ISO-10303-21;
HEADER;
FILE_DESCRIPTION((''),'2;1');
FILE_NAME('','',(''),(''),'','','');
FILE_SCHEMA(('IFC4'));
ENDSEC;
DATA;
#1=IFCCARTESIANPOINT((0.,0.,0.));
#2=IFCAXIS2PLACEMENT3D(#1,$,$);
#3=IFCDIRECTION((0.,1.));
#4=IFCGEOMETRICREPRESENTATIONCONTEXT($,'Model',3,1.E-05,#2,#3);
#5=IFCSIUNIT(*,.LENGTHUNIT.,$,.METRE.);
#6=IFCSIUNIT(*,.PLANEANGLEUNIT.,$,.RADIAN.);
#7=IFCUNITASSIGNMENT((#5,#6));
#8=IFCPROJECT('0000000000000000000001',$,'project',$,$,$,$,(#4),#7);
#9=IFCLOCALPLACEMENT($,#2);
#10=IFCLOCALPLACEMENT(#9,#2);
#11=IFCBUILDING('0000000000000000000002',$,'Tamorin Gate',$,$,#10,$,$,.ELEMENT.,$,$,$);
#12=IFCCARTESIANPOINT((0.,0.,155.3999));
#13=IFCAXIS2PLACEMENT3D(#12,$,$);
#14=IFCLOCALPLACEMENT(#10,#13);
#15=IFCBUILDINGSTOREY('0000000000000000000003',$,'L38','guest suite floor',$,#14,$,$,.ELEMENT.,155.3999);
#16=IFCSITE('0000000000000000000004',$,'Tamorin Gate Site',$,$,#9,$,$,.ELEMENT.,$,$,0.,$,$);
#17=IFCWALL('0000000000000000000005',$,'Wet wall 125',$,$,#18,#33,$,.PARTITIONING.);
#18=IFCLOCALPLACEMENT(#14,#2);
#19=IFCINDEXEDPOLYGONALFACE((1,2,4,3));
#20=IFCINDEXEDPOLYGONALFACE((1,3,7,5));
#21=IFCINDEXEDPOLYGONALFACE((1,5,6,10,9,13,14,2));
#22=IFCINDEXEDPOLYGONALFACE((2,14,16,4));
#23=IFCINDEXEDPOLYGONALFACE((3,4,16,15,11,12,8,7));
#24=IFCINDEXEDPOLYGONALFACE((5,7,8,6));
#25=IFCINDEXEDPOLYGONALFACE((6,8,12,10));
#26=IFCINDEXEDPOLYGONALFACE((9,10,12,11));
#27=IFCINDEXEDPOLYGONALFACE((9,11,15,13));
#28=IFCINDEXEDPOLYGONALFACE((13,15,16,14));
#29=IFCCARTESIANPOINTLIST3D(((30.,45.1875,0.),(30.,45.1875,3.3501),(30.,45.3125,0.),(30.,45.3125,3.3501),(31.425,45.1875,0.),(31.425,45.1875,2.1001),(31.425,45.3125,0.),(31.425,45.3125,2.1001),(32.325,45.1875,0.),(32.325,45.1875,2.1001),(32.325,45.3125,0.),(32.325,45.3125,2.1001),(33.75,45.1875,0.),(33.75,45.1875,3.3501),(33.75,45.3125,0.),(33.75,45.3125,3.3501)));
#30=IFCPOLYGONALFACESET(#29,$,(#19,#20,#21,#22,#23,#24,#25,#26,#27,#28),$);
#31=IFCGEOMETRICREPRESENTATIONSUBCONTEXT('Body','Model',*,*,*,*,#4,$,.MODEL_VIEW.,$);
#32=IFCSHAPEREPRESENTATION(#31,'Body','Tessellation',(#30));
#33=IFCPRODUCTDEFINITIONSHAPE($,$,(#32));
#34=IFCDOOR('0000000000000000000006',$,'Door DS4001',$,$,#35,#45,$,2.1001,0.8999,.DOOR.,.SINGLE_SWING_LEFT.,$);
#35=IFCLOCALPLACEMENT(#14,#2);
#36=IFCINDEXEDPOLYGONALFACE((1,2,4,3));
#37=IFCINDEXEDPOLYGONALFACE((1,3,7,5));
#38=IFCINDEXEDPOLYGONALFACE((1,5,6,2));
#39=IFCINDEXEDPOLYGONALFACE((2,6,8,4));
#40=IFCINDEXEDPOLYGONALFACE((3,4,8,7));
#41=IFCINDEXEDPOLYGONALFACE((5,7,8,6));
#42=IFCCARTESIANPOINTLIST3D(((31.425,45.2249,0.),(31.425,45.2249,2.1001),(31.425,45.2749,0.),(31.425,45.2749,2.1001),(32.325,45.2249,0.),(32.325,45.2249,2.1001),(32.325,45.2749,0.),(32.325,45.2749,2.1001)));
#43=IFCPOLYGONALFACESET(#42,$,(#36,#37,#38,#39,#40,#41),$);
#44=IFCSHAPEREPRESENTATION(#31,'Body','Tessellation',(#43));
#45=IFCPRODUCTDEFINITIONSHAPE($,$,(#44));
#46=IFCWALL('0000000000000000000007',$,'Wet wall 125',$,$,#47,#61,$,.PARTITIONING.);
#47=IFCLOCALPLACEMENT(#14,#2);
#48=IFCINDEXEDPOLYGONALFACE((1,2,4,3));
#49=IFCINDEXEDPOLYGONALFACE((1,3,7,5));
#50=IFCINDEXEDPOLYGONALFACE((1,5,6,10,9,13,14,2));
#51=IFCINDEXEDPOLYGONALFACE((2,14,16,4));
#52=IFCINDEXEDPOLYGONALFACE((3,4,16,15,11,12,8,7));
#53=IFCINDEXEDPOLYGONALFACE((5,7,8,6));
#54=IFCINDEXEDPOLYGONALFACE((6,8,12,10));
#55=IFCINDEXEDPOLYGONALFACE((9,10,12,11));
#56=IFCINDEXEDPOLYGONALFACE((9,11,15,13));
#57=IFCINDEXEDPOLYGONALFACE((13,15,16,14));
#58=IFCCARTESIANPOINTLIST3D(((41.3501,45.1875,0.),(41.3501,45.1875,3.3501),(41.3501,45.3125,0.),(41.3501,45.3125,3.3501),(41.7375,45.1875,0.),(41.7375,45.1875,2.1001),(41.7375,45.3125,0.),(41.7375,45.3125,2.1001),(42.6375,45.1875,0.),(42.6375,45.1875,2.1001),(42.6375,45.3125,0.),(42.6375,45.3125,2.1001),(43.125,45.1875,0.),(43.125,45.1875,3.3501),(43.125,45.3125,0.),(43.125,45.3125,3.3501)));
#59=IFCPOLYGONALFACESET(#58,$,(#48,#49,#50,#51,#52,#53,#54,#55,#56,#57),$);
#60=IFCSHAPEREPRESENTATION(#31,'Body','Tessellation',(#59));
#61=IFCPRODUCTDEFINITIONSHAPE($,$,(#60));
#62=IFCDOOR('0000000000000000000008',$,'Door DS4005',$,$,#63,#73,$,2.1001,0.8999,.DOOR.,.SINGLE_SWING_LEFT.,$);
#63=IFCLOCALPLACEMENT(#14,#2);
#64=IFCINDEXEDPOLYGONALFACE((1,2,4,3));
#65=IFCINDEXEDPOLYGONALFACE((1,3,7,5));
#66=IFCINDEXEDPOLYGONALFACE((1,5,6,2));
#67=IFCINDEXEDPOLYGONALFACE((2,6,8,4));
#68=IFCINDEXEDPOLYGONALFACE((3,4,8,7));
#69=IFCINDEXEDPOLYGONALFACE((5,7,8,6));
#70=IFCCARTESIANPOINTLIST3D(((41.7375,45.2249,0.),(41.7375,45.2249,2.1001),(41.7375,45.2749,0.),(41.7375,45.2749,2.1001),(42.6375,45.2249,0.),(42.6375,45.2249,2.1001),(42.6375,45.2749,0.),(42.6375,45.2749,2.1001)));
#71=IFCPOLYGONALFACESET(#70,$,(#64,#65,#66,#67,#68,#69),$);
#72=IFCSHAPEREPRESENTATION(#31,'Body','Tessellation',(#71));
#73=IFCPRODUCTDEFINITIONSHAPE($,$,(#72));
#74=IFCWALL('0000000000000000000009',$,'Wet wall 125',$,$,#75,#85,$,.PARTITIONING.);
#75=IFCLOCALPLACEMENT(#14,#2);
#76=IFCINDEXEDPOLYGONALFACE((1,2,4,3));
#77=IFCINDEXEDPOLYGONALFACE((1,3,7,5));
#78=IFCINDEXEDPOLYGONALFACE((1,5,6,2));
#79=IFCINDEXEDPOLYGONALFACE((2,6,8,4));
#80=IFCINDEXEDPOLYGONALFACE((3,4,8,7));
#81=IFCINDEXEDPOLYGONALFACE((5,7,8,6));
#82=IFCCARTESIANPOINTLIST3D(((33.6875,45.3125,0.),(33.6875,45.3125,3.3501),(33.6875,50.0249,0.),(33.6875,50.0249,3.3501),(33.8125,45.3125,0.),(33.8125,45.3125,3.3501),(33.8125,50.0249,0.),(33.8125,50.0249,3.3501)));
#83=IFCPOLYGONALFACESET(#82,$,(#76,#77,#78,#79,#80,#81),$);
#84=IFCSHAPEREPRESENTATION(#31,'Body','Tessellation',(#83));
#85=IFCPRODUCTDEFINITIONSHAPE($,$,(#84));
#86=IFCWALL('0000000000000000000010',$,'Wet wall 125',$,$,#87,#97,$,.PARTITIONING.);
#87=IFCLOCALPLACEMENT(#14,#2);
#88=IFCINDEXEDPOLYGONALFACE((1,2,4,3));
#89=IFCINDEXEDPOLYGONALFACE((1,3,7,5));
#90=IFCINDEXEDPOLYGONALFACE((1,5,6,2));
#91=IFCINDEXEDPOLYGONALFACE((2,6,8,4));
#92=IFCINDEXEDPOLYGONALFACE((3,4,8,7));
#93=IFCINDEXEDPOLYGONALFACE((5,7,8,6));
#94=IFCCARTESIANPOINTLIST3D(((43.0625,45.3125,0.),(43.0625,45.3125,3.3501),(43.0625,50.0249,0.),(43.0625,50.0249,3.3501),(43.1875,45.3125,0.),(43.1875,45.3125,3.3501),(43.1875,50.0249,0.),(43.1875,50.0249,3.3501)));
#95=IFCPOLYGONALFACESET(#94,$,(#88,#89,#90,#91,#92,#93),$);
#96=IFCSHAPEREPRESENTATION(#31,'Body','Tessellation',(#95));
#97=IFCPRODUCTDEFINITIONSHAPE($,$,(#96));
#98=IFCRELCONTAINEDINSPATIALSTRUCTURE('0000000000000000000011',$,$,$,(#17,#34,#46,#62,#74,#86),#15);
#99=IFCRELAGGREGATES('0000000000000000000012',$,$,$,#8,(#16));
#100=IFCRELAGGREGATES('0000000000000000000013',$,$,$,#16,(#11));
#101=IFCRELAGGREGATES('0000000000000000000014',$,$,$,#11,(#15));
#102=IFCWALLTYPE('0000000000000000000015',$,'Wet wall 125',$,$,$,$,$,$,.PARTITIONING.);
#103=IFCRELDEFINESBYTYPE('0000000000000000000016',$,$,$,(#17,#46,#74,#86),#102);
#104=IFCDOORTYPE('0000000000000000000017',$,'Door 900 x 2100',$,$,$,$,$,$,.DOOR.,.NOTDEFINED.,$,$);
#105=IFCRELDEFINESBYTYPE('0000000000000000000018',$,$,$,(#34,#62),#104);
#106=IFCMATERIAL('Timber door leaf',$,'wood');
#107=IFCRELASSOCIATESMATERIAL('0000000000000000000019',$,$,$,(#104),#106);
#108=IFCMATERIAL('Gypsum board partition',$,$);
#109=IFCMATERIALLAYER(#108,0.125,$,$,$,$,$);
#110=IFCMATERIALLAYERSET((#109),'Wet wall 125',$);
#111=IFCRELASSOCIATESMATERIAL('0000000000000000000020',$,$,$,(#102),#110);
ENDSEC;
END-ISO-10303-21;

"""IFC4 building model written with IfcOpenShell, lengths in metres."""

from ifc_helpers import new_model, si_unit, direction, frame, frame_2d, origin, place, context, subcontext, project, spatial, rectangle, extrude, material, layer, layer_set, type_object, element, fill, save


model = new_model("IFC4")

# Units and contexts
model_context = context("Model", 3, precision=1e-05, world=origin(), true_north=direction((0.0, 1.0)))
body_context = subcontext(model_context, "Body", "Model", "MODEL_VIEW")
ifc_project = project(units=[si_unit("LENGTHUNIT", "METRE"), si_unit("PLANEANGLEUNIT", "RADIAN")], contexts=[model_context])

# Site, building, storey
site_placement = place(None, origin())
site = spatial("IfcSite", under=ifc_project, at=site_placement, Name="Tamorin Gate Site", CompositionType="ELEMENT", RefElevation=0.0)
building_placement = place(site_placement, origin())
building = spatial("IfcBuilding", under=site, at=building_placement, Name="Tamorin Gate", CompositionType="ELEMENT")
storey_placement = place(building_placement, frame((0.0, 0.0, 155.3999)))
storey = spatial("IfcBuildingStorey", under=building, at=storey_placement, Name="L38", Description="guest suite floor", CompositionType="ELEMENT", Elevation=155.3999)

# Walls, openings, doors
ifc_material_1 = material(Name="Gypsum board partition")
ifc_material_2 = material(Name="Timber door leaf", Category="wood")
door_type = type_object("IfcDoorType", Name="Door 900 x 2100", OperationType="NOTDEFINED", PredefinedType="DOOR", material=ifc_material_2)
ifc_layer_1 = layer(ifc_material_1, 0.125)
ifc_layer_set_1 = layer_set([ifc_layer_1], Name="Wet wall 125")
wall_type_1 = type_object("IfcWallType", Name="Wet wall 125", PredefinedType="PARTITIONING", material=ifc_layer_set_1)
wall_1_placement = place(storey_placement, frame((30.0, 45.25, 0.0), z_axis=(0.0, 0.0, 1.0), x_axis=(1.0, 0.0, 0.0)))
wall_1 = element("IfcWall", 1, at=wall_1_placement, inside=storey, type_object=wall_type_1, Name="Wet wall 125", PredefinedType="PARTITIONING", context=body_context, shape_type="SweptSolid", body=[
    extrude(rectangle(XDim=3.75, YDim=0.125, at=frame_2d((1.875, 0.0))), origin(), (0.0, 0.0, 1.0), 3.3501),
])
opening_1_placement = place(wall_1_placement, frame((1.425, 0.0, 0.0)))
opening_1 = element("IfcOpeningElement", 2, at=opening_1_placement, cuts=wall_1, PredefinedType="OPENING", context=body_context, shape_type="SweptSolid", body=[
    extrude(rectangle(XDim=0.8999, YDim=2.1001, at=frame_2d((0.45, 1.05))), frame((0.0, 0.0725, 0.0), z_axis=(0.0, -1.0, 0.0), x_axis=(1.0, 0.0, 0.0)), (0.0, 0.0, 1.0), 0.145),
])
door_1_placement = place(opening_1_placement, origin())
door_1 = element("IfcDoor", 3, at=door_1_placement, inside=storey, type_object=door_type, Name="Door DS4001", OperationType="SINGLE_SWING_LEFT", OverallHeight=2.1001, OverallWidth=0.8999, PredefinedType="DOOR", context=body_context, shape_type="SweptSolid", body=[
    extrude(rectangle(XDim=0.8999, YDim=2.1001, at=frame_2d((0.45, 1.05))), frame((0.0, 0.0249, 0.0), z_axis=(0.0, -1.0, 0.0), x_axis=(1.0, 0.0, 0.0)), (0.0, 0.0, 1.0), 0.05),
])
fill(opening_1, door_1)
wall_2_placement = place(storey_placement, frame((41.3501, 45.25, 0.0), z_axis=(0.0, 0.0, 1.0), x_axis=(1.0, 0.0, 0.0)))
wall_2 = element("IfcWall", 4, at=wall_2_placement, inside=storey, type_object=wall_type_1, Name="Wet wall 125", PredefinedType="PARTITIONING", context=body_context, shape_type="SweptSolid", body=[
    extrude(rectangle(XDim=1.7749, YDim=0.125, at=frame_2d((0.8875, 0.0))), origin(), (0.0, 0.0, 1.0), 3.3501),
])
opening_2_placement = place(wall_2_placement, frame((0.3875, 0.0, 0.0)))
opening_2 = element("IfcOpeningElement", 5, at=opening_2_placement, cuts=wall_2, PredefinedType="OPENING", context=body_context, shape_type="SweptSolid", body=[
    extrude(rectangle(XDim=0.8999, YDim=2.1001, at=frame_2d((0.45, 1.05))), frame((0.0, 0.0725, 0.0), z_axis=(0.0, -1.0, 0.0), x_axis=(1.0, 0.0, 0.0)), (0.0, 0.0, 1.0), 0.145),
])
door_2_placement = place(opening_2_placement, origin())
door_2 = element("IfcDoor", 6, at=door_2_placement, inside=storey, type_object=door_type, Name="Door DS4005", OperationType="SINGLE_SWING_LEFT", OverallHeight=2.1001, OverallWidth=0.8999, PredefinedType="DOOR", context=body_context, shape_type="SweptSolid", body=[
    extrude(rectangle(XDim=0.8999, YDim=2.1001, at=frame_2d((0.45, 1.05))), frame((0.0, 0.0249, 0.0), z_axis=(0.0, -1.0, 0.0), x_axis=(1.0, 0.0, 0.0)), (0.0, 0.0, 1.0), 0.05),
])
fill(opening_2, door_2)

# Walls
for number, where, z_axis, x_axis, name in (
    (7, (33.75, 45.3125, 0.0), (0.0, 0.0, 1.0), (0.0, 1.0, 0.0), "Wet wall 125"),
    (8, (43.125, 45.3125, 0.0), (0.0, 0.0, 1.0), (0.0, 1.0, 0.0), "Wet wall 125"),
):
    element("IfcWall", number, at=place(storey_placement, frame(where, z_axis=z_axis, x_axis=x_axis)), inside=storey, type_object=wall_type_1, Name=name, PredefinedType="PARTITIONING", context=body_context, shape_type="SweptSolid", body=[
        extrude(rectangle(XDim=4.7124, YDim=0.125, at=frame_2d((2.3562, 0.0))), origin(), (0.0, 0.0, 1.0), 3.3501),
    ])

save(model, "model.ifc")
